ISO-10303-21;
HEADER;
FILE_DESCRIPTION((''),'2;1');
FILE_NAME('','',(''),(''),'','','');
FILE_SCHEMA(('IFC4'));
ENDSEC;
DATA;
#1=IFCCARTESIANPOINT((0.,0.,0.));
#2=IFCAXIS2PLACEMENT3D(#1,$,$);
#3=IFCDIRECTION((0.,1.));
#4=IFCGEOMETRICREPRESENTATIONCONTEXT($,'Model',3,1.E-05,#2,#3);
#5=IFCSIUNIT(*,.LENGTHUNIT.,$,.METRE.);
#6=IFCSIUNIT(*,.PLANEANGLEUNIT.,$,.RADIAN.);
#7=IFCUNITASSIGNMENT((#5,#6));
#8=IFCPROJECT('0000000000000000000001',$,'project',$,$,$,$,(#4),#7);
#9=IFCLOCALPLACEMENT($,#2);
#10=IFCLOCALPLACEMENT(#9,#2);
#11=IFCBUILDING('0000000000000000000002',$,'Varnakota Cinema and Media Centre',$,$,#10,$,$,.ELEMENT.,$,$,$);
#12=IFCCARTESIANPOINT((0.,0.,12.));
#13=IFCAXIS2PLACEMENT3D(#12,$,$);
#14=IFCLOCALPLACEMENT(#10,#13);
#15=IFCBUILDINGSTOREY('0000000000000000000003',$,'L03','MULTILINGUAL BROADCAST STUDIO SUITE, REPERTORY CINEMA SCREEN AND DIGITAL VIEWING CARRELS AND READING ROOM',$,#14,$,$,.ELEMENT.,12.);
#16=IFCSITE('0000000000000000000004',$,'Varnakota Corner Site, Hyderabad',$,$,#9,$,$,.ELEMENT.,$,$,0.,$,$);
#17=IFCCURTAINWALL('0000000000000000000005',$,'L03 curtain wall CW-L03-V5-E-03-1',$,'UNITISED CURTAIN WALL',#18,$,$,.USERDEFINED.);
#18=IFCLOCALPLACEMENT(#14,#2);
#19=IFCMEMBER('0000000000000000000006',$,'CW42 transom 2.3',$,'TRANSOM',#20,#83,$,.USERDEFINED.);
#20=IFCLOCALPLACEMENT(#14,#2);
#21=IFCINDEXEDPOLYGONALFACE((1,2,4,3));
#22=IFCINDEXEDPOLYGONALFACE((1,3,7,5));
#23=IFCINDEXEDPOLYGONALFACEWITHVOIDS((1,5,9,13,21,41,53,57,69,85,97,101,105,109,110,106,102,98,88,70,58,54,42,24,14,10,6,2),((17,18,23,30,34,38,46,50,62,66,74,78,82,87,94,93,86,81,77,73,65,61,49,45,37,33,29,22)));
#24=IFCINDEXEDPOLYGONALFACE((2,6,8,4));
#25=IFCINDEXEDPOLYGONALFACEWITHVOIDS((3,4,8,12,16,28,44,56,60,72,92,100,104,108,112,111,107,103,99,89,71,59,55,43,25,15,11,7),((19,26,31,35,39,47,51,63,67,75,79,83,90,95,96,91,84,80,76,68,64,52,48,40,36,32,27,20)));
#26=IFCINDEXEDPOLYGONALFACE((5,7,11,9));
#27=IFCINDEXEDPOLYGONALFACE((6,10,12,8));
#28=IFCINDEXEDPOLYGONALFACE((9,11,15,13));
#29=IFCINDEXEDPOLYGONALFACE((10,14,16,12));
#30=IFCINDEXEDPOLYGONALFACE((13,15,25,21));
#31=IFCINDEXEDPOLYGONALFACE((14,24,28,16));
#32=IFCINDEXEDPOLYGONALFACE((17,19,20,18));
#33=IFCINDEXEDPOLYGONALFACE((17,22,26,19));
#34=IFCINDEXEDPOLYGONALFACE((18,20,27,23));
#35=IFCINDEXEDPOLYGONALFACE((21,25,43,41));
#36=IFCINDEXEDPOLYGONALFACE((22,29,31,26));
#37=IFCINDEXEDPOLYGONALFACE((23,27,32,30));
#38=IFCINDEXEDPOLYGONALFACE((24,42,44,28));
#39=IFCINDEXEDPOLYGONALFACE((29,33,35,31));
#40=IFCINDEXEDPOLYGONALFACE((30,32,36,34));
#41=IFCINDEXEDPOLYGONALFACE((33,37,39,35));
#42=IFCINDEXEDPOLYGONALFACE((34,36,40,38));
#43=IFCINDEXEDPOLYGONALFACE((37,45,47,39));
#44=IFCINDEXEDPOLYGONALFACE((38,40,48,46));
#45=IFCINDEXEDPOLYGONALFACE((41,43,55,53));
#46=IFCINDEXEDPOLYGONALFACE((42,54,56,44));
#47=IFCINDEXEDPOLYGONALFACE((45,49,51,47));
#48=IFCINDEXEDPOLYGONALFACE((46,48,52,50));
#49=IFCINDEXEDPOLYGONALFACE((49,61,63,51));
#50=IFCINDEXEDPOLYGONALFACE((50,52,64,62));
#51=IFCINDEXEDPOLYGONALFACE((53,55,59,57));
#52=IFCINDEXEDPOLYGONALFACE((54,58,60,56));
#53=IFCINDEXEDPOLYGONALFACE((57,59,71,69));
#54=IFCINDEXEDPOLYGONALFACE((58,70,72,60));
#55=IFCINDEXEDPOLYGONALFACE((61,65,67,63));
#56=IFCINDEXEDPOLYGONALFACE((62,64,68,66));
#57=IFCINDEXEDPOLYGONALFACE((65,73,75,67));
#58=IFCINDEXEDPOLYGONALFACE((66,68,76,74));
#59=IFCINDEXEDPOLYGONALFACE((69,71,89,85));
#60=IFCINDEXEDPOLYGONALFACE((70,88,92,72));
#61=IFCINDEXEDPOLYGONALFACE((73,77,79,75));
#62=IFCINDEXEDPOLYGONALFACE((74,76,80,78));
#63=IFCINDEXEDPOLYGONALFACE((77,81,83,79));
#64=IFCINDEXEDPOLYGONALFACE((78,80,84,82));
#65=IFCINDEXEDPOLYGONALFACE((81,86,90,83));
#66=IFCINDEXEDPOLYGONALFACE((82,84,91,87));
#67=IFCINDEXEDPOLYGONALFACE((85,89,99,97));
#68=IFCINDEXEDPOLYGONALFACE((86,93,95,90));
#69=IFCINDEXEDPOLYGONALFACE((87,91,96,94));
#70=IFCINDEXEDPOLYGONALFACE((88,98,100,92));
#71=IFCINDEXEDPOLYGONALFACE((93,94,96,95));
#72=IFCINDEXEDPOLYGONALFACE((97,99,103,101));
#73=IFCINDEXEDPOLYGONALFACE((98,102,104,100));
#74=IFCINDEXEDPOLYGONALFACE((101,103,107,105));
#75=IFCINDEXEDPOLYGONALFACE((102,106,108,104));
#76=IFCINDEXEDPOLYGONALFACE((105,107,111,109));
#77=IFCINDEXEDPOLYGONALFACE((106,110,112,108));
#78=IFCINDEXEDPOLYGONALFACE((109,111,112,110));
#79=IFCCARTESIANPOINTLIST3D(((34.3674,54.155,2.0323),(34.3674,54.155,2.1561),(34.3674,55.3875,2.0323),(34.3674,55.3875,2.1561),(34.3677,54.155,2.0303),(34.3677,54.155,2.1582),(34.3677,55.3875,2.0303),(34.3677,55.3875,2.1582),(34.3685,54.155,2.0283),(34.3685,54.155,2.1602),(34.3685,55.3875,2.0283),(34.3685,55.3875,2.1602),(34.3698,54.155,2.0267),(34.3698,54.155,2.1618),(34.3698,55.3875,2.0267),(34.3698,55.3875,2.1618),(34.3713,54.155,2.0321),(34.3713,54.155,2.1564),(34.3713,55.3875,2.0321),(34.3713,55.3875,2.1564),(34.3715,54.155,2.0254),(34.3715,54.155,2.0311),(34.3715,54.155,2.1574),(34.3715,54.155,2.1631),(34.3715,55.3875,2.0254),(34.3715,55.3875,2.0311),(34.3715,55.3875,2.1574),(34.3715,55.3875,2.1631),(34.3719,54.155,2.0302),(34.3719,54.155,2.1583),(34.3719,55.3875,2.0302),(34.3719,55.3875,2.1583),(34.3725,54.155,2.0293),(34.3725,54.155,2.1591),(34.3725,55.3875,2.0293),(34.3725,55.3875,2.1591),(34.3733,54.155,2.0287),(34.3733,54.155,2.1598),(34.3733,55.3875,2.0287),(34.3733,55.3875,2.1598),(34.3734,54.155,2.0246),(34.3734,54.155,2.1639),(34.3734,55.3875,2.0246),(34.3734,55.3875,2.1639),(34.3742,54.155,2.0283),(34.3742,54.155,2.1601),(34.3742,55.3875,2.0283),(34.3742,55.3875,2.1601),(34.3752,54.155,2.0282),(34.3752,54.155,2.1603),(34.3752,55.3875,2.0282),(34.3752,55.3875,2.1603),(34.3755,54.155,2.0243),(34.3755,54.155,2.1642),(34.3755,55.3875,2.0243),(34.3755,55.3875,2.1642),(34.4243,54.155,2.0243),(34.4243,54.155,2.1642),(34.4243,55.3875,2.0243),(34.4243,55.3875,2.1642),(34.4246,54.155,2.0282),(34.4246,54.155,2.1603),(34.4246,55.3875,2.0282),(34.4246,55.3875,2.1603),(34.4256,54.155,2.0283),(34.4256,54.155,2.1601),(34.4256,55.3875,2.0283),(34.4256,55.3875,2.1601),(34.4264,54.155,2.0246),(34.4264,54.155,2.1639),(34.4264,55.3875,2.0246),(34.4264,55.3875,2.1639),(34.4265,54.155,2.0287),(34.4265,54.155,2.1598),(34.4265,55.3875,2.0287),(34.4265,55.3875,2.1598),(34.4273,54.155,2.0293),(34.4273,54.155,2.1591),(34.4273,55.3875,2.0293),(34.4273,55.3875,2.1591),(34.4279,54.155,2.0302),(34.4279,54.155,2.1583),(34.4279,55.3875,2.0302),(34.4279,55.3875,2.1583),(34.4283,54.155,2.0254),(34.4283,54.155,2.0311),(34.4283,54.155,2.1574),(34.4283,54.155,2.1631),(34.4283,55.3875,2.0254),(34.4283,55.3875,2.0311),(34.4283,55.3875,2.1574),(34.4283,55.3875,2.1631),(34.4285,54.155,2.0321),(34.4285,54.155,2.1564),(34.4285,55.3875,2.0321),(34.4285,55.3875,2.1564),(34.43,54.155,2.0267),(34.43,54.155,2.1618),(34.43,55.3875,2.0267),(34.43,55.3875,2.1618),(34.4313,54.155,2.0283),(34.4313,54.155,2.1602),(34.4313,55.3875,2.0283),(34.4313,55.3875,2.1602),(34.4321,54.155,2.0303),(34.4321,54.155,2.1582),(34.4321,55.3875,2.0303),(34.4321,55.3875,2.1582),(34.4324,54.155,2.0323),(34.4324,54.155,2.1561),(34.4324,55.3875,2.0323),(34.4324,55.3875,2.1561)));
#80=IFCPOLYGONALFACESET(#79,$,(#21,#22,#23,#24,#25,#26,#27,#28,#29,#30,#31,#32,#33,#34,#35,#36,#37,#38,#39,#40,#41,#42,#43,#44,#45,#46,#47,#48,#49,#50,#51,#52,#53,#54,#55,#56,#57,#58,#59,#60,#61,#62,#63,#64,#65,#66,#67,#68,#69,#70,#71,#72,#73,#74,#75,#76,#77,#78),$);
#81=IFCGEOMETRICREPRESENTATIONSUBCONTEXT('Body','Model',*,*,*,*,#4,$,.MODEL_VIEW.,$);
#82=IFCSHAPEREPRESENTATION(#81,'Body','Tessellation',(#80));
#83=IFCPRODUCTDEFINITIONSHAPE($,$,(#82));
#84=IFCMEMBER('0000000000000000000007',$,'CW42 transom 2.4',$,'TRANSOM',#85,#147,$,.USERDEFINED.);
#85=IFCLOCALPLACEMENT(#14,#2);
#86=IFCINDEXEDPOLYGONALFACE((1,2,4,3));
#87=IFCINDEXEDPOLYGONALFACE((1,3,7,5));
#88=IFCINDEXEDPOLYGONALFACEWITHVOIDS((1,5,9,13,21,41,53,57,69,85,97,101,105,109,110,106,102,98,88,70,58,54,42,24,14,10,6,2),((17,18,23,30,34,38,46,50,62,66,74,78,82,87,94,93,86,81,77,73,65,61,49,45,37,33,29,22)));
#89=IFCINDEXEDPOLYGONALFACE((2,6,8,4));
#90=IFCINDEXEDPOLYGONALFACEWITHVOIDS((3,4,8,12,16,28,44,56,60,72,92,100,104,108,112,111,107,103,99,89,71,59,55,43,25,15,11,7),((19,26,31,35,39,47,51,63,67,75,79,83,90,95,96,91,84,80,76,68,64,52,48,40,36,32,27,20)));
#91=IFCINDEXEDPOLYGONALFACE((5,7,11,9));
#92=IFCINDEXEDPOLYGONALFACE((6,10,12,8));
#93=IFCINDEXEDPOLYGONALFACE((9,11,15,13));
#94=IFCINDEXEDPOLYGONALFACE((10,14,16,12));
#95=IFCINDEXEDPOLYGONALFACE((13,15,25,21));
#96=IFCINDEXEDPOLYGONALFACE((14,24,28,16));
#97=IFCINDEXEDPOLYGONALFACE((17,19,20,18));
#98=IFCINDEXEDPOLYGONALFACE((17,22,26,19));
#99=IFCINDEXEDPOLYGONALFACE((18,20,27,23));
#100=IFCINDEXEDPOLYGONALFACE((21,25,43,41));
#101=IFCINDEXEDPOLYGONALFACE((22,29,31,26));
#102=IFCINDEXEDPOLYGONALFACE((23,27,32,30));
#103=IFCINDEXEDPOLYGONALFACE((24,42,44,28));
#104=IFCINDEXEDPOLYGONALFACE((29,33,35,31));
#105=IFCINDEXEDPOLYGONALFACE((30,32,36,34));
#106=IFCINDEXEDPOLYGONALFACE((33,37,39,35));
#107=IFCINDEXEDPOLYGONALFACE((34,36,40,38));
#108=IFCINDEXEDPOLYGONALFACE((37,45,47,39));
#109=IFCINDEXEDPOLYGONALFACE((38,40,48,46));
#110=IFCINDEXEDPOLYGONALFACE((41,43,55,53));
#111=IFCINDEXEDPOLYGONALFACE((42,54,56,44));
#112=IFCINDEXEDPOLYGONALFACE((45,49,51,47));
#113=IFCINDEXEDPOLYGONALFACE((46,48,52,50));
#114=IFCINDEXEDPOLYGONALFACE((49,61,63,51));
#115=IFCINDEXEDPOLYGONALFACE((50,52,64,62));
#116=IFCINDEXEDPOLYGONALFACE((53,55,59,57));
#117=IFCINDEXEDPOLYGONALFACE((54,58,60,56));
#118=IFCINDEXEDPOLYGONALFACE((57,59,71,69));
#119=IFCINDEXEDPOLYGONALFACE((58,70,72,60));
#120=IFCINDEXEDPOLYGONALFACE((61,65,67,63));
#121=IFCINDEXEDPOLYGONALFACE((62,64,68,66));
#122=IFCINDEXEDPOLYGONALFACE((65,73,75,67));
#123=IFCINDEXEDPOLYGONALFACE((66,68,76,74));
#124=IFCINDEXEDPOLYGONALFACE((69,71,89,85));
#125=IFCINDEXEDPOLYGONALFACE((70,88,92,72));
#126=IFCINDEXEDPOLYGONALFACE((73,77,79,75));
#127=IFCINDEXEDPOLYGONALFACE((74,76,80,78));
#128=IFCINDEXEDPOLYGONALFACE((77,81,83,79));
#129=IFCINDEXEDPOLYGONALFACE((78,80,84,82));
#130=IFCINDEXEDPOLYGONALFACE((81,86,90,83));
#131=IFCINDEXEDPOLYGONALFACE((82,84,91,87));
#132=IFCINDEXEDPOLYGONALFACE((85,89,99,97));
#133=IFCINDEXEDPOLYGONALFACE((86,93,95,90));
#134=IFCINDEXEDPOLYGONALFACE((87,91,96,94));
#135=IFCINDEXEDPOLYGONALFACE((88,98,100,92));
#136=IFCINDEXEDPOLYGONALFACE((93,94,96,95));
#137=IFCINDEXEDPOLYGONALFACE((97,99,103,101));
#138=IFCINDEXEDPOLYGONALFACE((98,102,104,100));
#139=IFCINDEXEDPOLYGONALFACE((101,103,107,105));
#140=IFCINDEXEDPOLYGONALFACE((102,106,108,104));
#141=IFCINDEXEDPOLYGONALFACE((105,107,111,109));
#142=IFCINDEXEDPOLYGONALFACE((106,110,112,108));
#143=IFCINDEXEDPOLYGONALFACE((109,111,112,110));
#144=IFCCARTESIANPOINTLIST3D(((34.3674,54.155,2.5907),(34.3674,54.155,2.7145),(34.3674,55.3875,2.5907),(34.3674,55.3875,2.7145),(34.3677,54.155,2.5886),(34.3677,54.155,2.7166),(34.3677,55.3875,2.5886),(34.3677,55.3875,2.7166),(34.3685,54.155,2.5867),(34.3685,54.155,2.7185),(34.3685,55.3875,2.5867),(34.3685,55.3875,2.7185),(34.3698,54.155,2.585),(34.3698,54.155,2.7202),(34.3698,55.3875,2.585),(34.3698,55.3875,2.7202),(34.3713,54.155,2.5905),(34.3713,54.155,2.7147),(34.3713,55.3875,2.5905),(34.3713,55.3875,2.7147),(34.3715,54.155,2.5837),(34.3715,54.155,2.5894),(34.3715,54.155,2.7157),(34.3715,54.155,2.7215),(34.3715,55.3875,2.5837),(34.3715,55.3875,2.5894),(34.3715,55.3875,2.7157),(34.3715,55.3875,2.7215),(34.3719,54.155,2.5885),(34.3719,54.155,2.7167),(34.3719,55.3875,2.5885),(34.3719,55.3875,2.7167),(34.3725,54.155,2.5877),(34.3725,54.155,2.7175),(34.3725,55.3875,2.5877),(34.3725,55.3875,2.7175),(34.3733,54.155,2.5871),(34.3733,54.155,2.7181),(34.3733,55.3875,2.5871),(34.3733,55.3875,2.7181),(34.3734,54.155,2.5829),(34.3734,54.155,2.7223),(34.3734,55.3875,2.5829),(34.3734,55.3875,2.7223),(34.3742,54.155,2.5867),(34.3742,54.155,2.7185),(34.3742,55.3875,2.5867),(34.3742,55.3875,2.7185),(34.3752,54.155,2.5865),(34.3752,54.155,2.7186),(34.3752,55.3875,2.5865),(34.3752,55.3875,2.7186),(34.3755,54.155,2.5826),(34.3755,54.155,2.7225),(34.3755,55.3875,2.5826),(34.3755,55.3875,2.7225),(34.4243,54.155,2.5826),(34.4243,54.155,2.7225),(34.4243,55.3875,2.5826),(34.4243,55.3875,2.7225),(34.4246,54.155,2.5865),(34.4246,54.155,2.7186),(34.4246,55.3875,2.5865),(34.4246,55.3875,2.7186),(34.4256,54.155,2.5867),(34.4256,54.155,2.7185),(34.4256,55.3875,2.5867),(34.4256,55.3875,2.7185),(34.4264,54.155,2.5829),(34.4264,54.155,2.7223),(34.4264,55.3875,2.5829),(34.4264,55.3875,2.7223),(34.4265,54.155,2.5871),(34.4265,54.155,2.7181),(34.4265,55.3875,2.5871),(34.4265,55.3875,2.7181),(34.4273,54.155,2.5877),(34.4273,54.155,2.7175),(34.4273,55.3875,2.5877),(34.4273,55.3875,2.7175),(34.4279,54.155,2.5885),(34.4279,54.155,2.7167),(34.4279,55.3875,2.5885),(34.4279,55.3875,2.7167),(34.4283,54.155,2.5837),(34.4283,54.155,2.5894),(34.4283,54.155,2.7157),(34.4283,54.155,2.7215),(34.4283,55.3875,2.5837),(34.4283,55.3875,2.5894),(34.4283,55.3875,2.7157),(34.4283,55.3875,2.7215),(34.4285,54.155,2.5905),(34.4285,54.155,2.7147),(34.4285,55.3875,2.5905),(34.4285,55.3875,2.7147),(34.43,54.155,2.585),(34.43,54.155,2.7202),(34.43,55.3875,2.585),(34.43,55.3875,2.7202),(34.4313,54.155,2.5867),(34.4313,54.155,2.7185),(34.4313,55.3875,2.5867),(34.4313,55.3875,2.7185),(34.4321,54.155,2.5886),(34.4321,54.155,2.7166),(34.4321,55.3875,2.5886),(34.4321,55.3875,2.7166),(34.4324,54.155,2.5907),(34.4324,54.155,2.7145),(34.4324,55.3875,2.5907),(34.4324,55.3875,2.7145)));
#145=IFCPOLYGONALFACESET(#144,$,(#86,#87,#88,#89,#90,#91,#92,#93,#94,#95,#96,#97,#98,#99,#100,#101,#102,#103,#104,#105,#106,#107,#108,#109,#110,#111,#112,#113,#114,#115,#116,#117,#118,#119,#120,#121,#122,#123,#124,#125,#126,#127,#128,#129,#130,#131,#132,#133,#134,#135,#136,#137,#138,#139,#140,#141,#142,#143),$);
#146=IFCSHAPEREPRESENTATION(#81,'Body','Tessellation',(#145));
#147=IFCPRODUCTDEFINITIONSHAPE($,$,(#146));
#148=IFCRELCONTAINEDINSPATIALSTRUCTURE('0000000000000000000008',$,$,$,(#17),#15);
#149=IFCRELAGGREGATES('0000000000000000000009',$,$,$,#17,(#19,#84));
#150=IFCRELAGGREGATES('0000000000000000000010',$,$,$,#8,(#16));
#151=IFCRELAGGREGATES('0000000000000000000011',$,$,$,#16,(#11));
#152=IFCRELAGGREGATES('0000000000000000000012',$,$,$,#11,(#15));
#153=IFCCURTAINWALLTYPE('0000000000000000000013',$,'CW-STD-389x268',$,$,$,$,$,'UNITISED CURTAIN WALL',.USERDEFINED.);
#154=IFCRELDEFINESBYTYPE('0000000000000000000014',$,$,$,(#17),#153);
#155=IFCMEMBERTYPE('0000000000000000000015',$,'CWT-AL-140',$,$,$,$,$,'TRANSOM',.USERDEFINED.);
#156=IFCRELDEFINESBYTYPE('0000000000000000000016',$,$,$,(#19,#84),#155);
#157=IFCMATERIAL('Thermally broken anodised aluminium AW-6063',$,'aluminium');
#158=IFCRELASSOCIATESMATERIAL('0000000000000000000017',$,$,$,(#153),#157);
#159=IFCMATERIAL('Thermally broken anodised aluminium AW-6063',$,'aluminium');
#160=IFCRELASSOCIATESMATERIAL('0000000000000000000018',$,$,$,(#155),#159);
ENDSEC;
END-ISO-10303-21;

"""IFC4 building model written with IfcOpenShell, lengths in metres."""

from ifc_helpers import new_model, si_unit, direction, frame, origin, origin_2d, place, context, subcontext, project, spatial, hollow_rectangle, extrude, material, material_profile, profile_set, type_object, element, aggregate, save


model = new_model("IFC4")

# Units and contexts
model_context = context("Model", 3, precision=1e-05, world=origin(), true_north=direction((0.0, 1.0)))
body_context = subcontext(model_context, "Body", "Model", "MODEL_VIEW")
ifc_project = project(units=[si_unit("LENGTHUNIT", "METRE"), si_unit("PLANEANGLEUNIT", "RADIAN")], contexts=[model_context])

# Site, building, storey
site_placement = place(None, origin())
site = spatial("IfcSite", under=ifc_project, at=site_placement, Name="Varnakota Corner Site, Hyderabad", CompositionType="ELEMENT", RefElevation=0.0)
building_placement = place(site_placement, origin())
building = spatial("IfcBuilding", under=site, at=building_placement, Name="Varnakota Cinema and Media Centre", CompositionType="ELEMENT")
storey_placement = place(building_placement, frame((0.0, 0.0, 12.0)))
storey = spatial("IfcBuildingStorey", under=building, at=storey_placement, Name="L03", Description="MULTILINGUAL BROADCAST STUDIO SUITE, REPERTORY CINEMA SCREEN AND DIGITAL VIEWING CARRELS AND READING ROOM", CompositionType="ELEMENT", Elevation=12.0)

# Curtain wall
ifc_material_1 = material(Name="Thermally broken anodised aluminium AW-6063", Category="aluminium")
curtain_wall_type = type_object("IfcCurtainWallType", Name="CW-STD-389x268", ElementType="UNITISED CURTAIN WALL", PredefinedType="USERDEFINED", material=ifc_material_1)
curtain_wall_1_placement = place(storey_placement, origin())
curtain_wall_1 = element("IfcCurtainWall", 1, at=curtain_wall_1_placement, inside=storey, type_object=curtain_wall_type, Name="L03 curtain wall CW-L03-V5-E-03-1", ObjectType="UNITISED CURTAIN WALL", PredefinedType="USERDEFINED")

# Members
ifc_material_2 = material(Name="Thermally broken anodised aluminium AW-6063", Category="aluminium")
ifc_material_profile_1 = material_profile(ifc_material_2, hollow_rectangle(XDim=0.0649, YDim=0.1399, WallThickness=0.0039, InnerFilletRadius=0.0039, OuterFilletRadius=0.0081, at=origin_2d()), Name="AL-TRANSOM 140x65x4")
ifc_profile_set_1 = profile_set([ifc_material_profile_1], Name="Thermally broken anodised aluminium AW-6063")
member_type_1 = type_object("IfcMemberType", Name="CWT-AL-140", ElementType="TRANSOM", PredefinedType="USERDEFINED", material=ifc_profile_set_1)
member_1_placement = place(storey_placement, frame((34.3999, 54.155, 2.0942), z_axis=(0.0, 1.0, 0.0), x_axis=(-1.0, 0.0, 0.0)))
member_1 = element("IfcMember", 2, at=member_1_placement, type_object=member_type_1, Name="CW42 transom 2.3", ObjectType="TRANSOM", PredefinedType="USERDEFINED", context=body_context, shape_type="SweptSolid", body=[
    extrude(hollow_rectangle(XDim=0.0649, YDim=0.1399, WallThickness=0.0039, InnerFilletRadius=0.0039, OuterFilletRadius=0.0081, at=origin_2d()), origin(), (0.0, 0.0, 1.0), 1.2324),
])
member_2_placement = place(storey_placement, frame((34.3999, 54.155, 2.6526), z_axis=(0.0, 1.0, 0.0), x_axis=(-1.0, 0.0, 0.0)))
member_2 = element("IfcMember", 3, at=member_2_placement, type_object=member_type_1, Name="CW42 transom 2.4", ObjectType="TRANSOM", PredefinedType="USERDEFINED", context=body_context, shape_type="SweptSolid", body=[
    extrude(hollow_rectangle(XDim=0.0649, YDim=0.1399, WallThickness=0.0039, InnerFilletRadius=0.0039, OuterFilletRadius=0.0081, at=origin_2d()), origin(), (0.0, 0.0, 1.0), 1.2324),
])

aggregate(curtain_wall_1, [member_1, member_2])

save(model, "model.ifc")
